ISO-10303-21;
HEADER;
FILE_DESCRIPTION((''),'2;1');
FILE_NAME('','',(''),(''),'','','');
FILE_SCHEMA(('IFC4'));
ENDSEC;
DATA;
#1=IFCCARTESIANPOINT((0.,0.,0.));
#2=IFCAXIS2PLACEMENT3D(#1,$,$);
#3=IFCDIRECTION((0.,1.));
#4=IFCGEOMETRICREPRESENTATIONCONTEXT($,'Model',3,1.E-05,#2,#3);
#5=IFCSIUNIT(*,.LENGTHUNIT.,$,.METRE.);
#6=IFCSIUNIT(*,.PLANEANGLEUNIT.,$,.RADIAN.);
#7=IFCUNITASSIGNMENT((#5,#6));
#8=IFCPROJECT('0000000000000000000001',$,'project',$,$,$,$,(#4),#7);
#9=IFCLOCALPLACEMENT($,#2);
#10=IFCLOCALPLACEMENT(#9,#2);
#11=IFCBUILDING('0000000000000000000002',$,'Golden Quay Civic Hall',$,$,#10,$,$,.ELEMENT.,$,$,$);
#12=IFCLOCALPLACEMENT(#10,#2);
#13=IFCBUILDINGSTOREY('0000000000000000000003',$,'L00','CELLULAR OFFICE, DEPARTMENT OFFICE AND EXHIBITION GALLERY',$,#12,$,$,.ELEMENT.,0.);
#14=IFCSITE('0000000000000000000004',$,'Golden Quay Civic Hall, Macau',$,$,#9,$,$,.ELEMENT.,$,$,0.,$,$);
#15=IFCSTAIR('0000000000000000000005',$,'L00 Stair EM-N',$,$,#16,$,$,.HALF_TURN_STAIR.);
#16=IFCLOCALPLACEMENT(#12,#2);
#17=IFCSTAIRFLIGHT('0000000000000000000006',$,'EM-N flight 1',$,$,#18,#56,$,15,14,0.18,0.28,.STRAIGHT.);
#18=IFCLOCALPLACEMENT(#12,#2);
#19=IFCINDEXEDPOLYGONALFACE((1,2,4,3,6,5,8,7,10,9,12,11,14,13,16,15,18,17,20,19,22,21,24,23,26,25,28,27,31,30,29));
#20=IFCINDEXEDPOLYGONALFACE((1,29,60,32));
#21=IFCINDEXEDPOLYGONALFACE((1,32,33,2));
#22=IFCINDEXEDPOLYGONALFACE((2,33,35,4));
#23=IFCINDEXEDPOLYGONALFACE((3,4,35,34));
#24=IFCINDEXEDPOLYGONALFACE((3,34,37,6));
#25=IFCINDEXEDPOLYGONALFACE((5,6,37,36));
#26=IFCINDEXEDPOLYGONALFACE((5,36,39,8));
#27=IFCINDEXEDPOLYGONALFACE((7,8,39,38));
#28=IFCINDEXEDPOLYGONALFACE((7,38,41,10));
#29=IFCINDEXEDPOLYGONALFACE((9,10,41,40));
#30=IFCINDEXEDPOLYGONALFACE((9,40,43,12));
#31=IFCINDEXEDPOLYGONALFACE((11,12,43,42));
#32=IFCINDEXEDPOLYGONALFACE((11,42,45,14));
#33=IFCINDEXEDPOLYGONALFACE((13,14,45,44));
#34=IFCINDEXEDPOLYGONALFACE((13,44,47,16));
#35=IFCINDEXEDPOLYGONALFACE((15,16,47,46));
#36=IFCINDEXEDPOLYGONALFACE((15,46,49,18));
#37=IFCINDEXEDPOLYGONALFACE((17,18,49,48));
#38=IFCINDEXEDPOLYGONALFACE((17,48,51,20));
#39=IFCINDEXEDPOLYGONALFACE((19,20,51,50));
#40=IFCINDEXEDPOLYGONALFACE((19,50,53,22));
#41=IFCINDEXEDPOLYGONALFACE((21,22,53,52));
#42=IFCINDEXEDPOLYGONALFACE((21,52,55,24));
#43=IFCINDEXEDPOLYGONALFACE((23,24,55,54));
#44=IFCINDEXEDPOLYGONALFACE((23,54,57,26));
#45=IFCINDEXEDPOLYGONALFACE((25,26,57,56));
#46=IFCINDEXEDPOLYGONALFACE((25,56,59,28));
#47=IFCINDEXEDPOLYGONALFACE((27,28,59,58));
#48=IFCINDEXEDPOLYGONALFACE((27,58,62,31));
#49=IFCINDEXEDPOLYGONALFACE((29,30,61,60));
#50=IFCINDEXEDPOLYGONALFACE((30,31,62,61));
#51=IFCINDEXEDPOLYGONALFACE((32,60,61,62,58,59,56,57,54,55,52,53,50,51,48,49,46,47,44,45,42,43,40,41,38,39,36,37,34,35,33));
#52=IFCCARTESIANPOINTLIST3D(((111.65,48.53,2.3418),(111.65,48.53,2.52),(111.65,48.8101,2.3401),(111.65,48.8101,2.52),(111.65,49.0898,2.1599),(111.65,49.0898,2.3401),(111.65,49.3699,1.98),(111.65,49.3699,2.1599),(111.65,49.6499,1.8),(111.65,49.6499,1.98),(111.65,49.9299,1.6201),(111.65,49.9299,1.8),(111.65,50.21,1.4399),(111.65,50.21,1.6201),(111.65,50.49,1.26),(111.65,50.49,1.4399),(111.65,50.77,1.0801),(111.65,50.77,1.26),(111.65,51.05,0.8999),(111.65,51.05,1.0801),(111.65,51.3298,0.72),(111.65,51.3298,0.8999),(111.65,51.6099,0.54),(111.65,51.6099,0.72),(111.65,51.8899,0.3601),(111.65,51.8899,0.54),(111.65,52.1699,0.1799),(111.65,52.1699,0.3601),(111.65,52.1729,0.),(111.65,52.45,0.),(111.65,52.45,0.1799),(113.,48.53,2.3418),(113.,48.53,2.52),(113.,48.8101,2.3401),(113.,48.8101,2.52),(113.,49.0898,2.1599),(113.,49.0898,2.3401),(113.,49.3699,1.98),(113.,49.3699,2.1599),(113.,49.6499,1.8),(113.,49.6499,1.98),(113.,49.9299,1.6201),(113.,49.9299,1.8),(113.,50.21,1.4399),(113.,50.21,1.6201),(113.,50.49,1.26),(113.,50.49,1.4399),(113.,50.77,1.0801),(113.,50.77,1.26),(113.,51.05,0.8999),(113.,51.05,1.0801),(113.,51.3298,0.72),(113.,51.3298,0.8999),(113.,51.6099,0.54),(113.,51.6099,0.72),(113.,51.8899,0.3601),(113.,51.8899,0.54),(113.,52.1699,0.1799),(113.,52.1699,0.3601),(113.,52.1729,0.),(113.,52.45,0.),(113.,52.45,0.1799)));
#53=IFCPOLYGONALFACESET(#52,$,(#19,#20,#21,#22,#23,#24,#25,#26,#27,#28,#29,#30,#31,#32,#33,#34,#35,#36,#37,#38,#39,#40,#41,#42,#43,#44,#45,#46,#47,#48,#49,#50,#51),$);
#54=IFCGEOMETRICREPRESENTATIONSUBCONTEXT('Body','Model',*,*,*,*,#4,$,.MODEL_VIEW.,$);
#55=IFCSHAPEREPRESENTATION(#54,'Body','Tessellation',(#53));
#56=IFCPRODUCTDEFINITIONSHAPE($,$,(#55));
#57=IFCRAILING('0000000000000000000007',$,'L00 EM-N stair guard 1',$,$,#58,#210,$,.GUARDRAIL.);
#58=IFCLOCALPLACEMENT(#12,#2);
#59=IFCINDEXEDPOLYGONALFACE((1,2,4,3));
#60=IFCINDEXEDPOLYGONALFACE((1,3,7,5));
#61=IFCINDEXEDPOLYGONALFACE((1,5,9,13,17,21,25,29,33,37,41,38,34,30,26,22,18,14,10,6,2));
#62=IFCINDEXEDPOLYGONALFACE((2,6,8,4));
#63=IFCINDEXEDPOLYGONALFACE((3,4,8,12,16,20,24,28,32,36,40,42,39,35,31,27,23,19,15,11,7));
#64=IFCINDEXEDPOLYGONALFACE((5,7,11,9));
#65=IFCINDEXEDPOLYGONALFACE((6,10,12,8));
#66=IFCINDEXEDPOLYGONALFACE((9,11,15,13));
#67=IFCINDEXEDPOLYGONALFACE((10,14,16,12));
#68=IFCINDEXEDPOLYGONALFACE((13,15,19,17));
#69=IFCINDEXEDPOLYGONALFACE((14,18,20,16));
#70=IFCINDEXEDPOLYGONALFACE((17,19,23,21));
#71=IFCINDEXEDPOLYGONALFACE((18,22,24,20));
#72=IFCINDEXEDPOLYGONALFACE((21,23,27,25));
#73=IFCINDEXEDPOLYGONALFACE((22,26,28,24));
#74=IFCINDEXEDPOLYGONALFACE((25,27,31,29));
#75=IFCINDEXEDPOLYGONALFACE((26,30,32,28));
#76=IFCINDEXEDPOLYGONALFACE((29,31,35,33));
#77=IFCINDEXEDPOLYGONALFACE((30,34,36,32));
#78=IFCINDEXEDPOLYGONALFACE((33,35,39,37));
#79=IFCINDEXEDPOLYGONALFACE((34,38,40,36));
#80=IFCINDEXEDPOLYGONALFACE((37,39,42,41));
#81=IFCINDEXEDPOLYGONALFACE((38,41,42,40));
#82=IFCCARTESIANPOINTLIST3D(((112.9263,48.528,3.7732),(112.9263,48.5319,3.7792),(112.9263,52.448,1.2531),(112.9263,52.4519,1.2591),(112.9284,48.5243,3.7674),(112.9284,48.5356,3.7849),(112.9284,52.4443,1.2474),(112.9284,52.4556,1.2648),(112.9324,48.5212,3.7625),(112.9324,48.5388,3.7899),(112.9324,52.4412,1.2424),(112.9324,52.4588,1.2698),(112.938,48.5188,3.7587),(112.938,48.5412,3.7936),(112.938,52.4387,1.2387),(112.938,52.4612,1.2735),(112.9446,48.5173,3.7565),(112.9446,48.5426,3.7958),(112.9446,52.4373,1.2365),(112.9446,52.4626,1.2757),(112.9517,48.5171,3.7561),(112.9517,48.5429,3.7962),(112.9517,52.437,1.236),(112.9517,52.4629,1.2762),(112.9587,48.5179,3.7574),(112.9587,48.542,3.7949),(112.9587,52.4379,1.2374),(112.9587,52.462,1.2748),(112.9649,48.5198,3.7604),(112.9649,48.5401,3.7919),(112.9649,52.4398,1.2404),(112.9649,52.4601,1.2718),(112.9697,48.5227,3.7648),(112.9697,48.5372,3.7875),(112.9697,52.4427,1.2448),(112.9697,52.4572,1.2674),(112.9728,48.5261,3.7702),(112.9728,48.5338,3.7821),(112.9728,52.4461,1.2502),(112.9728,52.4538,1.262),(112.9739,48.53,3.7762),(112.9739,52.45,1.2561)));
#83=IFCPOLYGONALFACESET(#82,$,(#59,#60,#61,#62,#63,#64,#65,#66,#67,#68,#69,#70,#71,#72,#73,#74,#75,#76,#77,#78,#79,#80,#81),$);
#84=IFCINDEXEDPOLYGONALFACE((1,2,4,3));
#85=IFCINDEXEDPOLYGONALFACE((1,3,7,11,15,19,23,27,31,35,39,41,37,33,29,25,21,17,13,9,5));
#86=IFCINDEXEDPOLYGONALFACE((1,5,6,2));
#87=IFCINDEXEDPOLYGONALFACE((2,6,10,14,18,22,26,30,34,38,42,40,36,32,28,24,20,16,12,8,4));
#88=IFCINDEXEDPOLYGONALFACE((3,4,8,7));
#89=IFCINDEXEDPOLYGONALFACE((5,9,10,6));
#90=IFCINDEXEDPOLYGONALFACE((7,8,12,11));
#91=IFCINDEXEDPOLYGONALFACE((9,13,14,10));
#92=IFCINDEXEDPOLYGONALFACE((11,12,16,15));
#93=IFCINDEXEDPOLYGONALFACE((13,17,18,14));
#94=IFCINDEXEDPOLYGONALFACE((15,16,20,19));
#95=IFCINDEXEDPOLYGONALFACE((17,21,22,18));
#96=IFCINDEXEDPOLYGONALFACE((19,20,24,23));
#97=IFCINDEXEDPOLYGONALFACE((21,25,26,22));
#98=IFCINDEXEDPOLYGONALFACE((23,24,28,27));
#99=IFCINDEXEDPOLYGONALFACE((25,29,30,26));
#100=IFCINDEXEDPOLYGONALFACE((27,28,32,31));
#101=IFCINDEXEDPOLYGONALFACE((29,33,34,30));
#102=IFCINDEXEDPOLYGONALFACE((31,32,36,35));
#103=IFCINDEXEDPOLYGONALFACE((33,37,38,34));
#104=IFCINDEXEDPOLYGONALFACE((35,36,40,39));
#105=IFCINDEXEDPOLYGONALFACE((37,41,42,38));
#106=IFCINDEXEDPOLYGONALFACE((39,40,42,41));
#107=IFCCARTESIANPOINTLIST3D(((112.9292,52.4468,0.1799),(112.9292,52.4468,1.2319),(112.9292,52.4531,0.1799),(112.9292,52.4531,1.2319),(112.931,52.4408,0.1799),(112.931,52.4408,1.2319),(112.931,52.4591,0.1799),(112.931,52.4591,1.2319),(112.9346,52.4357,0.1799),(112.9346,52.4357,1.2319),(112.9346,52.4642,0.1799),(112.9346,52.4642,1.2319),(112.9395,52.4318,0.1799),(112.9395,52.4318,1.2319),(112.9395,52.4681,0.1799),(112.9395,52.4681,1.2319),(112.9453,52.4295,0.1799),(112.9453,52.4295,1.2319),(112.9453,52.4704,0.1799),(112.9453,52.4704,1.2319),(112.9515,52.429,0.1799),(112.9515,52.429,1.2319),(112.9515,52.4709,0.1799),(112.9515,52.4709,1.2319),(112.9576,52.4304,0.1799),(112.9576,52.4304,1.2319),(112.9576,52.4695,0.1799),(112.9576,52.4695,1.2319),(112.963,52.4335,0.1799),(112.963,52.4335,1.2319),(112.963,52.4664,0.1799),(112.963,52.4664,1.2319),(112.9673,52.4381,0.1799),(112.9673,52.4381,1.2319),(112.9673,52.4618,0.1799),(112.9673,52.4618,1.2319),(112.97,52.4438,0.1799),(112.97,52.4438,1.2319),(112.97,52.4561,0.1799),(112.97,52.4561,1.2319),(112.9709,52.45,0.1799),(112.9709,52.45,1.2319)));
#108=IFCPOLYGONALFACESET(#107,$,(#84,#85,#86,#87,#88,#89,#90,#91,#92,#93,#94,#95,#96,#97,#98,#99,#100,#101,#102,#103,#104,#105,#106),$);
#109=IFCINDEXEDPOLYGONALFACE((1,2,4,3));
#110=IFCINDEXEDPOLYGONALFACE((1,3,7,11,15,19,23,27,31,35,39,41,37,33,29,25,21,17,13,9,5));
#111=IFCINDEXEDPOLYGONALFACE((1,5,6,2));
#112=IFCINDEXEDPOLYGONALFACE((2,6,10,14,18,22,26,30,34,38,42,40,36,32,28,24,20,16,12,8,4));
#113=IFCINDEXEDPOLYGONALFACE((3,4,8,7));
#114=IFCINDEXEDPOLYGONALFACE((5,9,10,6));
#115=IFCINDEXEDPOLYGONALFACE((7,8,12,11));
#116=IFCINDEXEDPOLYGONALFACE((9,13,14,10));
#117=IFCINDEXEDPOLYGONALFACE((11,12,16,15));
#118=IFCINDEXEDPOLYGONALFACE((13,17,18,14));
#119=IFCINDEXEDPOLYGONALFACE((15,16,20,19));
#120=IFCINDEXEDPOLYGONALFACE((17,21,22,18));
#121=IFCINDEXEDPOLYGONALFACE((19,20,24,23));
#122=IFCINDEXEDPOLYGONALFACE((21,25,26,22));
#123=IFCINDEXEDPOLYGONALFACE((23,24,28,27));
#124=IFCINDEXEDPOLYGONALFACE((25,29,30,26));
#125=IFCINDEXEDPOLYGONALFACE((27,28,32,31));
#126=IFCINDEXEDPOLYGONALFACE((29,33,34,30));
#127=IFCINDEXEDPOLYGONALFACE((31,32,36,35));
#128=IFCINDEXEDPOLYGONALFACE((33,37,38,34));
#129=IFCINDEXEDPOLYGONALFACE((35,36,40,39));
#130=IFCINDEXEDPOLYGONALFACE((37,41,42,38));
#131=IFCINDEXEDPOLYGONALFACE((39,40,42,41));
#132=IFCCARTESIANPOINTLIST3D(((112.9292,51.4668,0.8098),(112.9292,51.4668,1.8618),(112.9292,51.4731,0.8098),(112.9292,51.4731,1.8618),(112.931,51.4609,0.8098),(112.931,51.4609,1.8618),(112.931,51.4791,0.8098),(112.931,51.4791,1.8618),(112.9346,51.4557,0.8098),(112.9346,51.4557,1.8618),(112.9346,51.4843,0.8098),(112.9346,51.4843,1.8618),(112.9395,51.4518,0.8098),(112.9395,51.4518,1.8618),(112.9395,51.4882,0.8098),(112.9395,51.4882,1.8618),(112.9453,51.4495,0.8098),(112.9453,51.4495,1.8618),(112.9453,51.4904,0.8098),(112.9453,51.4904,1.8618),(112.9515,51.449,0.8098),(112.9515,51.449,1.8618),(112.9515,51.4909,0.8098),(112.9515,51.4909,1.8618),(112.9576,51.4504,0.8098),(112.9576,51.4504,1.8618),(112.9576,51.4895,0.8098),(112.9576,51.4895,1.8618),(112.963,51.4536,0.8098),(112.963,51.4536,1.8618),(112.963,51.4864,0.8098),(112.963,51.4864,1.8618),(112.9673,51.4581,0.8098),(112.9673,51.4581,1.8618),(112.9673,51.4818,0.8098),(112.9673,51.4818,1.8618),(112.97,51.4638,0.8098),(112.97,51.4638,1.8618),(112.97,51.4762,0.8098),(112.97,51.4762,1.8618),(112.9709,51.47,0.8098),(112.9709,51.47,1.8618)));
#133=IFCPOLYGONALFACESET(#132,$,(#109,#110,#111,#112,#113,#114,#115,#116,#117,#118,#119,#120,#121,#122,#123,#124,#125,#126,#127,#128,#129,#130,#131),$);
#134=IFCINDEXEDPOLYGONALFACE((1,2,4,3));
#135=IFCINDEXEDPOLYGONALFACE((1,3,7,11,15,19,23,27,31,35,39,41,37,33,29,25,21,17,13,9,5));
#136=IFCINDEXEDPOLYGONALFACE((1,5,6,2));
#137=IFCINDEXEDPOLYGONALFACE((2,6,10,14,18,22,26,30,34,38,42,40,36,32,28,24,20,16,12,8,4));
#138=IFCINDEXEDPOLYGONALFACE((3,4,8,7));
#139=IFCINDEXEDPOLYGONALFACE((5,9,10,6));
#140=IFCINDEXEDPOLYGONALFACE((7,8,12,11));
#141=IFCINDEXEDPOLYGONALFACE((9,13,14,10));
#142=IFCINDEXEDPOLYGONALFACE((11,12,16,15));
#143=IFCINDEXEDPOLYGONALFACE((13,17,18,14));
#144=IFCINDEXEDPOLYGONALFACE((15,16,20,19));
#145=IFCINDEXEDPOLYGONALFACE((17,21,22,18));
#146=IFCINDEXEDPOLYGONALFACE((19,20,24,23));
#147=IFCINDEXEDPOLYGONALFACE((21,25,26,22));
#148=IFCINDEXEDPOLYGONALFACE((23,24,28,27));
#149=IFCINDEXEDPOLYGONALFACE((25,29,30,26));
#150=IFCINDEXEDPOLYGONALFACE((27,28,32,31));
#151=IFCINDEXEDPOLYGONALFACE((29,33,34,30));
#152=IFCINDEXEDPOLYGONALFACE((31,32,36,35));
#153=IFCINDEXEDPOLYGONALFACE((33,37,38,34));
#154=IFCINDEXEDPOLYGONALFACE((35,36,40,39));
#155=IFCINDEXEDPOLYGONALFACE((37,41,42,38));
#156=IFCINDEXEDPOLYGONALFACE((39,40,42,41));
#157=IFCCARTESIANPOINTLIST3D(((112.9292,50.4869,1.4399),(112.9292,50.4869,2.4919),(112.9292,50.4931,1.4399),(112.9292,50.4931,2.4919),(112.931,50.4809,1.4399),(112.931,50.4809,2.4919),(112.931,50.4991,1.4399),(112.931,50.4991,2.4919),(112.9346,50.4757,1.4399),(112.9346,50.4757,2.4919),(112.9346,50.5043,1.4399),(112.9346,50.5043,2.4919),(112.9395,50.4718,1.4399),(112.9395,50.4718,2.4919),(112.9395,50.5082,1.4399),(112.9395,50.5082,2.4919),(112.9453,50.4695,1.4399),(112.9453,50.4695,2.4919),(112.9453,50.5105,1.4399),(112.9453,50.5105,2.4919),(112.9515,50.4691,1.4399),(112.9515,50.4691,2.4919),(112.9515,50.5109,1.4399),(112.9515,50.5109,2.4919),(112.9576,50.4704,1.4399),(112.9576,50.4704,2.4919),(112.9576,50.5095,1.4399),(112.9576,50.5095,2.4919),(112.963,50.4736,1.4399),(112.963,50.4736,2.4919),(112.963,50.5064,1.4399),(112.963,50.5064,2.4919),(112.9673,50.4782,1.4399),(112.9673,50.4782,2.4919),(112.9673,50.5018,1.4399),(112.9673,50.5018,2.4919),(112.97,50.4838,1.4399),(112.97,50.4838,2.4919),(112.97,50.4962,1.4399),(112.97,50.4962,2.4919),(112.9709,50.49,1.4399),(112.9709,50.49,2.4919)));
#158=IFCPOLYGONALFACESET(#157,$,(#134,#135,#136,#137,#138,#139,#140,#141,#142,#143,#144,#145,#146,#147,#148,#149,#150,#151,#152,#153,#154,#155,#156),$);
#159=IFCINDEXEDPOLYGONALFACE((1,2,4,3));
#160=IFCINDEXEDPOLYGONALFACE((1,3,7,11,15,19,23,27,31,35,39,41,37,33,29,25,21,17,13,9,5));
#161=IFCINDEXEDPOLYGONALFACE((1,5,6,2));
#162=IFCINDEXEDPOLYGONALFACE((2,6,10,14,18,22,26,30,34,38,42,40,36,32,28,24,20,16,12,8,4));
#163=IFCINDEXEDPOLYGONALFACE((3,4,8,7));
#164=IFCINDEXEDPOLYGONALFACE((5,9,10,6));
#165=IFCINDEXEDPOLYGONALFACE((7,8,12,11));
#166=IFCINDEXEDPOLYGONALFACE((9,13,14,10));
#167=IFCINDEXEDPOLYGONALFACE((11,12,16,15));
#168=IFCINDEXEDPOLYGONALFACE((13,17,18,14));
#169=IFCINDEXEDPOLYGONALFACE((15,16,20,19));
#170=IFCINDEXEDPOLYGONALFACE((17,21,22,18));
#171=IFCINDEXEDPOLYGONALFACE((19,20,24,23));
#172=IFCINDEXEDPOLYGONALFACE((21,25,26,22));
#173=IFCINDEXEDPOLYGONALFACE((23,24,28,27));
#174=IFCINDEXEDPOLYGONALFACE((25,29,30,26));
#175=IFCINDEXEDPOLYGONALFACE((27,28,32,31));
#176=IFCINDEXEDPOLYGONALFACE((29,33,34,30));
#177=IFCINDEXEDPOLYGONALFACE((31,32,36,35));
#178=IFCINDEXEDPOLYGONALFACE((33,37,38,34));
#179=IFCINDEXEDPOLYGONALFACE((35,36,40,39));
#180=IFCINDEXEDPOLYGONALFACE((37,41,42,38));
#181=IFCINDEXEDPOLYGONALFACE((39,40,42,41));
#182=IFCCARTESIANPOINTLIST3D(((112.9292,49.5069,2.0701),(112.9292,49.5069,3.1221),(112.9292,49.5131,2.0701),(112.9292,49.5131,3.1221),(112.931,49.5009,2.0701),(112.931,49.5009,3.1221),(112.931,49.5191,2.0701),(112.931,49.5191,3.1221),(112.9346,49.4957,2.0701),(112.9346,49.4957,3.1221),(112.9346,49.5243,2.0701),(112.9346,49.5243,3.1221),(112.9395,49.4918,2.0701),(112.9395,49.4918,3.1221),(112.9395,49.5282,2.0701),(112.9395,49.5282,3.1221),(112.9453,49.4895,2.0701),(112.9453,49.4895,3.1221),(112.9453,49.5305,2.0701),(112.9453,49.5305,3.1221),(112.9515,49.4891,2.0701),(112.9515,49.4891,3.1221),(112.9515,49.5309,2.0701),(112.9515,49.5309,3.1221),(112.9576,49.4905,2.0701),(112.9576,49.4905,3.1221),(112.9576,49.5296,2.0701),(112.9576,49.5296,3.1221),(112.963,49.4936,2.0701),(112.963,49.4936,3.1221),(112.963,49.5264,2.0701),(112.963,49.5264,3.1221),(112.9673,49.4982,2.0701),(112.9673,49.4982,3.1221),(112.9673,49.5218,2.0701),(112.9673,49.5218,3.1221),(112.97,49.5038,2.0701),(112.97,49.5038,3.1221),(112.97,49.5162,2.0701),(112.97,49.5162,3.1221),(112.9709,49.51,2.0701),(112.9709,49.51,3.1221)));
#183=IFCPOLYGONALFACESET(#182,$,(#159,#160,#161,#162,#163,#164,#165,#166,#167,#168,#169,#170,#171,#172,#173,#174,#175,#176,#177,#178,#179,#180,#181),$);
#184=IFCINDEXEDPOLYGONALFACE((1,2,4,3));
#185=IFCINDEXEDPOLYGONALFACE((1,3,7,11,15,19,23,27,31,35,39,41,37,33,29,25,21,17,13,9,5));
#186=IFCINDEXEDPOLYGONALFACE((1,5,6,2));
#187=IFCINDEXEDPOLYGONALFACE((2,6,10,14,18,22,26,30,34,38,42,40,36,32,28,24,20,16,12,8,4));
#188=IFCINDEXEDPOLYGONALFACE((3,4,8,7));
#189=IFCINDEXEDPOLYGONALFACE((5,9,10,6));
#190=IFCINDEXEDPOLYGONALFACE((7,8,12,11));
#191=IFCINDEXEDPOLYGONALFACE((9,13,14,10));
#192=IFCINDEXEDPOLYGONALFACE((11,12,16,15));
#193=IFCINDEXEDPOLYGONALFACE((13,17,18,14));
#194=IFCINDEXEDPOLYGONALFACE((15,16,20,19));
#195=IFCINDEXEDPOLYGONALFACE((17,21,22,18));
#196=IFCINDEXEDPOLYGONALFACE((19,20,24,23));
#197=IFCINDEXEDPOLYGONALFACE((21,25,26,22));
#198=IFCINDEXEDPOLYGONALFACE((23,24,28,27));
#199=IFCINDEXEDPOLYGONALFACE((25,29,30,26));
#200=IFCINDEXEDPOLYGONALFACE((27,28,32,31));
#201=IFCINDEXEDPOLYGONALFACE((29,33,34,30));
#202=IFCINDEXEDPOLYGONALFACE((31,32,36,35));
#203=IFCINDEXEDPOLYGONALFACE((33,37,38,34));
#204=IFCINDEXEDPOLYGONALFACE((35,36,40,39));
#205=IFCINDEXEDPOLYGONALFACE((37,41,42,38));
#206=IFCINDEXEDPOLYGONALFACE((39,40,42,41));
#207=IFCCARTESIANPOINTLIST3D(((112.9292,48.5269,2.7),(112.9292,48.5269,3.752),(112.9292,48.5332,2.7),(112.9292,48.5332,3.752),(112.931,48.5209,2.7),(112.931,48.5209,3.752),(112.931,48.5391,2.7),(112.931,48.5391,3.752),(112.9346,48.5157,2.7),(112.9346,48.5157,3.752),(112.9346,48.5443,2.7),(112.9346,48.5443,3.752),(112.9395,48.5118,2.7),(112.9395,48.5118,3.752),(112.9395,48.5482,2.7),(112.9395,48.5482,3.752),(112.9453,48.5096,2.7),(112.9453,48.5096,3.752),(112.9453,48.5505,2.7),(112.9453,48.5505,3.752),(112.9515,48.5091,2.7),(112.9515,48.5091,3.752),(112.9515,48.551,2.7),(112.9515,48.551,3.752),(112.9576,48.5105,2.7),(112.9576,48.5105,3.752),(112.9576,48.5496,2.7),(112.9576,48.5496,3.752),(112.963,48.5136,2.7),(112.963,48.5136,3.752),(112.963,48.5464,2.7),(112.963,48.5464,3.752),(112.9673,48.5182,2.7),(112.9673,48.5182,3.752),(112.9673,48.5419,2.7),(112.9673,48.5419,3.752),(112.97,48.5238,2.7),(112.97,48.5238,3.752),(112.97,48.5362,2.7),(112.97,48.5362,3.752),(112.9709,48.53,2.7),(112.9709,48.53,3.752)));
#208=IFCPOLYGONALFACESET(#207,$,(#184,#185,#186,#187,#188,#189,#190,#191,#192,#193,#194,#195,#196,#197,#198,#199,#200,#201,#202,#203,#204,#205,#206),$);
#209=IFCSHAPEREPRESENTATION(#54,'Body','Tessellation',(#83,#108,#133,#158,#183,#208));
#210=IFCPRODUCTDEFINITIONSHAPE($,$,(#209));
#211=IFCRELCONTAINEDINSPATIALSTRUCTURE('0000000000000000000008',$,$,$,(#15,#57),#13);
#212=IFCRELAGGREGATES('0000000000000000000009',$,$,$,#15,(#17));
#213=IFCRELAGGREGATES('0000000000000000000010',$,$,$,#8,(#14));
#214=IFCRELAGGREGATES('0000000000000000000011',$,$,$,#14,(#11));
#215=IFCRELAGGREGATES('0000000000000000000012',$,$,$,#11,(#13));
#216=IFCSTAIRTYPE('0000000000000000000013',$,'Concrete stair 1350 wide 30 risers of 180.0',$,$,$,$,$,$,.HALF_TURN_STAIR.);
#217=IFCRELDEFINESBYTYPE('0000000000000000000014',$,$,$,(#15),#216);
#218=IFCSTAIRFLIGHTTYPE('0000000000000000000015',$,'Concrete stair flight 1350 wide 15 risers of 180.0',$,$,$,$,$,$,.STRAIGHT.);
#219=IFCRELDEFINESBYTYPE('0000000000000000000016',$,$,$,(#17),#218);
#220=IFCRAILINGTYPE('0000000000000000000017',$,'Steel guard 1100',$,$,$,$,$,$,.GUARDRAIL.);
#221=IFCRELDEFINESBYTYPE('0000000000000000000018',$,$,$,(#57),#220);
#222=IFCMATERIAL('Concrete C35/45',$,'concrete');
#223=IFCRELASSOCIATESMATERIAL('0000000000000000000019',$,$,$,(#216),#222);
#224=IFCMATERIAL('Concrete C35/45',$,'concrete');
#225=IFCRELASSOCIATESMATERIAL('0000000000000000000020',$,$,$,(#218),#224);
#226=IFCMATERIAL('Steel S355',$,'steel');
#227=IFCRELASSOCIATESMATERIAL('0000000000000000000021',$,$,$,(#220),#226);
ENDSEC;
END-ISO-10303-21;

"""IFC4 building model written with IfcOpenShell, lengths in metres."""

from ifc_helpers import new_model, si_unit, direction, frame, origin, origin_2d, place, context, subcontext, project, spatial, polyline, circle, outline, extrude, material, type_object, element, aggregate, save


model = new_model("IFC4")

# Units and contexts
model_context = context("Model", 3, precision=1e-05, world=origin(), true_north=direction((0.0, 1.0)))
body_context = subcontext(model_context, "Body", "Model", "MODEL_VIEW")
ifc_project = project(units=[si_unit("LENGTHUNIT", "METRE"), si_unit("PLANEANGLEUNIT", "RADIAN")], contexts=[model_context])

# Site, building, storey
site_placement = place(None, origin())
site = spatial("IfcSite", under=ifc_project, at=site_placement, Name="Golden Quay Civic Hall, Macau", CompositionType="ELEMENT", RefElevation=0.0)
building_placement = place(site_placement, origin())
building = spatial("IfcBuilding", under=site, at=building_placement, Name="Golden Quay Civic Hall", CompositionType="ELEMENT")
storey_placement = place(building_placement, origin())
storey = spatial("IfcBuildingStorey", under=building, at=storey_placement, Name="L00", Description="CELLULAR OFFICE, DEPARTMENT OFFICE AND EXHIBITION GALLERY", CompositionType="ELEMENT", Elevation=0.0)

# Stair, stair flight
ifc_material_1 = material(Name="Concrete C35/45", Category="concrete")
stair_type = type_object("IfcStairType", Name="Concrete stair 1350 wide 30 risers of 180.0", PredefinedType="HALF_TURN_STAIR", material=ifc_material_1)
stair_placement = place(storey_placement, origin())
stair = element("IfcStair", 1, at=stair_placement, inside=storey, type_object=stair_type, Name="L00 Stair EM-N", PredefinedType="HALF_TURN_STAIR")
ifc_material_2 = material(Name="Concrete C35/45", Category="concrete")
stair_flight_type = type_object("IfcStairFlightType", Name="Concrete stair flight 1350 wide 15 risers of 180.0", PredefinedType="STRAIGHT", material=ifc_material_2)
stair_flight_placement = place(storey_placement, frame((112.325, 52.45, 0.0), z_axis=(0.0, 0.0, 1.0), x_axis=(0.0, -1.0, 0.0)))
stair_flight = element("IfcStairFlight", 2, at=stair_flight_placement, type_object=stair_flight_type, Name="EM-N flight 1", NumberOfRisers=15, NumberOfTreads=14, PredefinedType="STRAIGHT", RiserHeight=0.18, TreadLength=0.28, context=body_context, shape_type="SweptSolid", body=[
    extrude(outline(polyline([(0.0, 0.0), (0.0, 0.1799), (0.28, 0.1799), (0.28, 0.3601), (0.5601, 0.3601), (0.5601, 0.54), (0.8401, 0.54), (0.8401, 0.72), (1.1201, 0.72), (1.1201, 0.8999), (1.3999, 0.8999), (1.3999, 1.0801), (1.6799, 1.0801), (1.6799, 1.26), (1.96, 1.26), (1.96, 1.4399), (2.24, 1.4399), (2.24, 1.6201), (2.52, 1.6201), (2.52, 1.8), (2.8, 1.8), (2.8, 1.98), (3.0801, 1.98), (3.0801, 2.1599), (3.3601, 2.1599), (3.3601, 2.3401), (3.6399, 2.3401), (3.6399, 2.52), (3.9199, 2.52), (3.9199, 2.7), (3.9199, 2.3418), (0.2771, 0.0), (0.0, 0.0)])), frame((0.0, 0.675, 0.0), z_axis=(0.0, -1.0, 0.0), x_axis=(1.0, 0.0, 0.0)), (0.0, 0.0, 1.0), 1.35),
])
aggregate(stair, [stair_flight])

# Railing
ifc_material_3 = material(Name="Steel S355", Category="steel")
railing_type = type_object("IfcRailingType", Name="Steel guard 1100", PredefinedType="GUARDRAIL", material=ifc_material_3)
railing_1_placement = place(storey_placement, frame((112.95, 52.45, 0.1799)))
element("IfcRailing", 3, at=railing_1_placement, inside=storey, type_object=railing_type, Name="L00 EM-N stair guard 1", PredefinedType="GUARDRAIL", context=body_context, shape_type="SweptSolid", body=[
    extrude(circle(Radius=0.0239, at=origin_2d()), frame((0.0, 0.0, 1.0762), z_axis=(0.0, -0.841172, 0.540768), x_axis=(1.0, 0.0, 0.0)), (0.0, 0.0, 1.0), 4.6602),
    extrude(circle(Radius=0.021, at=origin_2d()), origin(), (0.0, 0.0, 1.0), 1.052),
    extrude(circle(Radius=0.021, at=origin_2d()), frame((0.0, -0.98, 0.6299)), (0.0, 0.0, 1.0), 1.052),
    extrude(circle(Radius=0.021, at=origin_2d()), frame((0.0, -1.96, 1.26)), (0.0, 0.0, 1.0), 1.052),
    extrude(circle(Radius=0.021, at=origin_2d()), frame((0.0, -2.9399, 1.8901)), (0.0, 0.0, 1.0), 1.052),
    extrude(circle(Radius=0.021, at=origin_2d()), frame((0.0, -3.9199, 2.52)), (0.0, 0.0, 1.0), 1.052),
])

save(model, "model.ifc")
